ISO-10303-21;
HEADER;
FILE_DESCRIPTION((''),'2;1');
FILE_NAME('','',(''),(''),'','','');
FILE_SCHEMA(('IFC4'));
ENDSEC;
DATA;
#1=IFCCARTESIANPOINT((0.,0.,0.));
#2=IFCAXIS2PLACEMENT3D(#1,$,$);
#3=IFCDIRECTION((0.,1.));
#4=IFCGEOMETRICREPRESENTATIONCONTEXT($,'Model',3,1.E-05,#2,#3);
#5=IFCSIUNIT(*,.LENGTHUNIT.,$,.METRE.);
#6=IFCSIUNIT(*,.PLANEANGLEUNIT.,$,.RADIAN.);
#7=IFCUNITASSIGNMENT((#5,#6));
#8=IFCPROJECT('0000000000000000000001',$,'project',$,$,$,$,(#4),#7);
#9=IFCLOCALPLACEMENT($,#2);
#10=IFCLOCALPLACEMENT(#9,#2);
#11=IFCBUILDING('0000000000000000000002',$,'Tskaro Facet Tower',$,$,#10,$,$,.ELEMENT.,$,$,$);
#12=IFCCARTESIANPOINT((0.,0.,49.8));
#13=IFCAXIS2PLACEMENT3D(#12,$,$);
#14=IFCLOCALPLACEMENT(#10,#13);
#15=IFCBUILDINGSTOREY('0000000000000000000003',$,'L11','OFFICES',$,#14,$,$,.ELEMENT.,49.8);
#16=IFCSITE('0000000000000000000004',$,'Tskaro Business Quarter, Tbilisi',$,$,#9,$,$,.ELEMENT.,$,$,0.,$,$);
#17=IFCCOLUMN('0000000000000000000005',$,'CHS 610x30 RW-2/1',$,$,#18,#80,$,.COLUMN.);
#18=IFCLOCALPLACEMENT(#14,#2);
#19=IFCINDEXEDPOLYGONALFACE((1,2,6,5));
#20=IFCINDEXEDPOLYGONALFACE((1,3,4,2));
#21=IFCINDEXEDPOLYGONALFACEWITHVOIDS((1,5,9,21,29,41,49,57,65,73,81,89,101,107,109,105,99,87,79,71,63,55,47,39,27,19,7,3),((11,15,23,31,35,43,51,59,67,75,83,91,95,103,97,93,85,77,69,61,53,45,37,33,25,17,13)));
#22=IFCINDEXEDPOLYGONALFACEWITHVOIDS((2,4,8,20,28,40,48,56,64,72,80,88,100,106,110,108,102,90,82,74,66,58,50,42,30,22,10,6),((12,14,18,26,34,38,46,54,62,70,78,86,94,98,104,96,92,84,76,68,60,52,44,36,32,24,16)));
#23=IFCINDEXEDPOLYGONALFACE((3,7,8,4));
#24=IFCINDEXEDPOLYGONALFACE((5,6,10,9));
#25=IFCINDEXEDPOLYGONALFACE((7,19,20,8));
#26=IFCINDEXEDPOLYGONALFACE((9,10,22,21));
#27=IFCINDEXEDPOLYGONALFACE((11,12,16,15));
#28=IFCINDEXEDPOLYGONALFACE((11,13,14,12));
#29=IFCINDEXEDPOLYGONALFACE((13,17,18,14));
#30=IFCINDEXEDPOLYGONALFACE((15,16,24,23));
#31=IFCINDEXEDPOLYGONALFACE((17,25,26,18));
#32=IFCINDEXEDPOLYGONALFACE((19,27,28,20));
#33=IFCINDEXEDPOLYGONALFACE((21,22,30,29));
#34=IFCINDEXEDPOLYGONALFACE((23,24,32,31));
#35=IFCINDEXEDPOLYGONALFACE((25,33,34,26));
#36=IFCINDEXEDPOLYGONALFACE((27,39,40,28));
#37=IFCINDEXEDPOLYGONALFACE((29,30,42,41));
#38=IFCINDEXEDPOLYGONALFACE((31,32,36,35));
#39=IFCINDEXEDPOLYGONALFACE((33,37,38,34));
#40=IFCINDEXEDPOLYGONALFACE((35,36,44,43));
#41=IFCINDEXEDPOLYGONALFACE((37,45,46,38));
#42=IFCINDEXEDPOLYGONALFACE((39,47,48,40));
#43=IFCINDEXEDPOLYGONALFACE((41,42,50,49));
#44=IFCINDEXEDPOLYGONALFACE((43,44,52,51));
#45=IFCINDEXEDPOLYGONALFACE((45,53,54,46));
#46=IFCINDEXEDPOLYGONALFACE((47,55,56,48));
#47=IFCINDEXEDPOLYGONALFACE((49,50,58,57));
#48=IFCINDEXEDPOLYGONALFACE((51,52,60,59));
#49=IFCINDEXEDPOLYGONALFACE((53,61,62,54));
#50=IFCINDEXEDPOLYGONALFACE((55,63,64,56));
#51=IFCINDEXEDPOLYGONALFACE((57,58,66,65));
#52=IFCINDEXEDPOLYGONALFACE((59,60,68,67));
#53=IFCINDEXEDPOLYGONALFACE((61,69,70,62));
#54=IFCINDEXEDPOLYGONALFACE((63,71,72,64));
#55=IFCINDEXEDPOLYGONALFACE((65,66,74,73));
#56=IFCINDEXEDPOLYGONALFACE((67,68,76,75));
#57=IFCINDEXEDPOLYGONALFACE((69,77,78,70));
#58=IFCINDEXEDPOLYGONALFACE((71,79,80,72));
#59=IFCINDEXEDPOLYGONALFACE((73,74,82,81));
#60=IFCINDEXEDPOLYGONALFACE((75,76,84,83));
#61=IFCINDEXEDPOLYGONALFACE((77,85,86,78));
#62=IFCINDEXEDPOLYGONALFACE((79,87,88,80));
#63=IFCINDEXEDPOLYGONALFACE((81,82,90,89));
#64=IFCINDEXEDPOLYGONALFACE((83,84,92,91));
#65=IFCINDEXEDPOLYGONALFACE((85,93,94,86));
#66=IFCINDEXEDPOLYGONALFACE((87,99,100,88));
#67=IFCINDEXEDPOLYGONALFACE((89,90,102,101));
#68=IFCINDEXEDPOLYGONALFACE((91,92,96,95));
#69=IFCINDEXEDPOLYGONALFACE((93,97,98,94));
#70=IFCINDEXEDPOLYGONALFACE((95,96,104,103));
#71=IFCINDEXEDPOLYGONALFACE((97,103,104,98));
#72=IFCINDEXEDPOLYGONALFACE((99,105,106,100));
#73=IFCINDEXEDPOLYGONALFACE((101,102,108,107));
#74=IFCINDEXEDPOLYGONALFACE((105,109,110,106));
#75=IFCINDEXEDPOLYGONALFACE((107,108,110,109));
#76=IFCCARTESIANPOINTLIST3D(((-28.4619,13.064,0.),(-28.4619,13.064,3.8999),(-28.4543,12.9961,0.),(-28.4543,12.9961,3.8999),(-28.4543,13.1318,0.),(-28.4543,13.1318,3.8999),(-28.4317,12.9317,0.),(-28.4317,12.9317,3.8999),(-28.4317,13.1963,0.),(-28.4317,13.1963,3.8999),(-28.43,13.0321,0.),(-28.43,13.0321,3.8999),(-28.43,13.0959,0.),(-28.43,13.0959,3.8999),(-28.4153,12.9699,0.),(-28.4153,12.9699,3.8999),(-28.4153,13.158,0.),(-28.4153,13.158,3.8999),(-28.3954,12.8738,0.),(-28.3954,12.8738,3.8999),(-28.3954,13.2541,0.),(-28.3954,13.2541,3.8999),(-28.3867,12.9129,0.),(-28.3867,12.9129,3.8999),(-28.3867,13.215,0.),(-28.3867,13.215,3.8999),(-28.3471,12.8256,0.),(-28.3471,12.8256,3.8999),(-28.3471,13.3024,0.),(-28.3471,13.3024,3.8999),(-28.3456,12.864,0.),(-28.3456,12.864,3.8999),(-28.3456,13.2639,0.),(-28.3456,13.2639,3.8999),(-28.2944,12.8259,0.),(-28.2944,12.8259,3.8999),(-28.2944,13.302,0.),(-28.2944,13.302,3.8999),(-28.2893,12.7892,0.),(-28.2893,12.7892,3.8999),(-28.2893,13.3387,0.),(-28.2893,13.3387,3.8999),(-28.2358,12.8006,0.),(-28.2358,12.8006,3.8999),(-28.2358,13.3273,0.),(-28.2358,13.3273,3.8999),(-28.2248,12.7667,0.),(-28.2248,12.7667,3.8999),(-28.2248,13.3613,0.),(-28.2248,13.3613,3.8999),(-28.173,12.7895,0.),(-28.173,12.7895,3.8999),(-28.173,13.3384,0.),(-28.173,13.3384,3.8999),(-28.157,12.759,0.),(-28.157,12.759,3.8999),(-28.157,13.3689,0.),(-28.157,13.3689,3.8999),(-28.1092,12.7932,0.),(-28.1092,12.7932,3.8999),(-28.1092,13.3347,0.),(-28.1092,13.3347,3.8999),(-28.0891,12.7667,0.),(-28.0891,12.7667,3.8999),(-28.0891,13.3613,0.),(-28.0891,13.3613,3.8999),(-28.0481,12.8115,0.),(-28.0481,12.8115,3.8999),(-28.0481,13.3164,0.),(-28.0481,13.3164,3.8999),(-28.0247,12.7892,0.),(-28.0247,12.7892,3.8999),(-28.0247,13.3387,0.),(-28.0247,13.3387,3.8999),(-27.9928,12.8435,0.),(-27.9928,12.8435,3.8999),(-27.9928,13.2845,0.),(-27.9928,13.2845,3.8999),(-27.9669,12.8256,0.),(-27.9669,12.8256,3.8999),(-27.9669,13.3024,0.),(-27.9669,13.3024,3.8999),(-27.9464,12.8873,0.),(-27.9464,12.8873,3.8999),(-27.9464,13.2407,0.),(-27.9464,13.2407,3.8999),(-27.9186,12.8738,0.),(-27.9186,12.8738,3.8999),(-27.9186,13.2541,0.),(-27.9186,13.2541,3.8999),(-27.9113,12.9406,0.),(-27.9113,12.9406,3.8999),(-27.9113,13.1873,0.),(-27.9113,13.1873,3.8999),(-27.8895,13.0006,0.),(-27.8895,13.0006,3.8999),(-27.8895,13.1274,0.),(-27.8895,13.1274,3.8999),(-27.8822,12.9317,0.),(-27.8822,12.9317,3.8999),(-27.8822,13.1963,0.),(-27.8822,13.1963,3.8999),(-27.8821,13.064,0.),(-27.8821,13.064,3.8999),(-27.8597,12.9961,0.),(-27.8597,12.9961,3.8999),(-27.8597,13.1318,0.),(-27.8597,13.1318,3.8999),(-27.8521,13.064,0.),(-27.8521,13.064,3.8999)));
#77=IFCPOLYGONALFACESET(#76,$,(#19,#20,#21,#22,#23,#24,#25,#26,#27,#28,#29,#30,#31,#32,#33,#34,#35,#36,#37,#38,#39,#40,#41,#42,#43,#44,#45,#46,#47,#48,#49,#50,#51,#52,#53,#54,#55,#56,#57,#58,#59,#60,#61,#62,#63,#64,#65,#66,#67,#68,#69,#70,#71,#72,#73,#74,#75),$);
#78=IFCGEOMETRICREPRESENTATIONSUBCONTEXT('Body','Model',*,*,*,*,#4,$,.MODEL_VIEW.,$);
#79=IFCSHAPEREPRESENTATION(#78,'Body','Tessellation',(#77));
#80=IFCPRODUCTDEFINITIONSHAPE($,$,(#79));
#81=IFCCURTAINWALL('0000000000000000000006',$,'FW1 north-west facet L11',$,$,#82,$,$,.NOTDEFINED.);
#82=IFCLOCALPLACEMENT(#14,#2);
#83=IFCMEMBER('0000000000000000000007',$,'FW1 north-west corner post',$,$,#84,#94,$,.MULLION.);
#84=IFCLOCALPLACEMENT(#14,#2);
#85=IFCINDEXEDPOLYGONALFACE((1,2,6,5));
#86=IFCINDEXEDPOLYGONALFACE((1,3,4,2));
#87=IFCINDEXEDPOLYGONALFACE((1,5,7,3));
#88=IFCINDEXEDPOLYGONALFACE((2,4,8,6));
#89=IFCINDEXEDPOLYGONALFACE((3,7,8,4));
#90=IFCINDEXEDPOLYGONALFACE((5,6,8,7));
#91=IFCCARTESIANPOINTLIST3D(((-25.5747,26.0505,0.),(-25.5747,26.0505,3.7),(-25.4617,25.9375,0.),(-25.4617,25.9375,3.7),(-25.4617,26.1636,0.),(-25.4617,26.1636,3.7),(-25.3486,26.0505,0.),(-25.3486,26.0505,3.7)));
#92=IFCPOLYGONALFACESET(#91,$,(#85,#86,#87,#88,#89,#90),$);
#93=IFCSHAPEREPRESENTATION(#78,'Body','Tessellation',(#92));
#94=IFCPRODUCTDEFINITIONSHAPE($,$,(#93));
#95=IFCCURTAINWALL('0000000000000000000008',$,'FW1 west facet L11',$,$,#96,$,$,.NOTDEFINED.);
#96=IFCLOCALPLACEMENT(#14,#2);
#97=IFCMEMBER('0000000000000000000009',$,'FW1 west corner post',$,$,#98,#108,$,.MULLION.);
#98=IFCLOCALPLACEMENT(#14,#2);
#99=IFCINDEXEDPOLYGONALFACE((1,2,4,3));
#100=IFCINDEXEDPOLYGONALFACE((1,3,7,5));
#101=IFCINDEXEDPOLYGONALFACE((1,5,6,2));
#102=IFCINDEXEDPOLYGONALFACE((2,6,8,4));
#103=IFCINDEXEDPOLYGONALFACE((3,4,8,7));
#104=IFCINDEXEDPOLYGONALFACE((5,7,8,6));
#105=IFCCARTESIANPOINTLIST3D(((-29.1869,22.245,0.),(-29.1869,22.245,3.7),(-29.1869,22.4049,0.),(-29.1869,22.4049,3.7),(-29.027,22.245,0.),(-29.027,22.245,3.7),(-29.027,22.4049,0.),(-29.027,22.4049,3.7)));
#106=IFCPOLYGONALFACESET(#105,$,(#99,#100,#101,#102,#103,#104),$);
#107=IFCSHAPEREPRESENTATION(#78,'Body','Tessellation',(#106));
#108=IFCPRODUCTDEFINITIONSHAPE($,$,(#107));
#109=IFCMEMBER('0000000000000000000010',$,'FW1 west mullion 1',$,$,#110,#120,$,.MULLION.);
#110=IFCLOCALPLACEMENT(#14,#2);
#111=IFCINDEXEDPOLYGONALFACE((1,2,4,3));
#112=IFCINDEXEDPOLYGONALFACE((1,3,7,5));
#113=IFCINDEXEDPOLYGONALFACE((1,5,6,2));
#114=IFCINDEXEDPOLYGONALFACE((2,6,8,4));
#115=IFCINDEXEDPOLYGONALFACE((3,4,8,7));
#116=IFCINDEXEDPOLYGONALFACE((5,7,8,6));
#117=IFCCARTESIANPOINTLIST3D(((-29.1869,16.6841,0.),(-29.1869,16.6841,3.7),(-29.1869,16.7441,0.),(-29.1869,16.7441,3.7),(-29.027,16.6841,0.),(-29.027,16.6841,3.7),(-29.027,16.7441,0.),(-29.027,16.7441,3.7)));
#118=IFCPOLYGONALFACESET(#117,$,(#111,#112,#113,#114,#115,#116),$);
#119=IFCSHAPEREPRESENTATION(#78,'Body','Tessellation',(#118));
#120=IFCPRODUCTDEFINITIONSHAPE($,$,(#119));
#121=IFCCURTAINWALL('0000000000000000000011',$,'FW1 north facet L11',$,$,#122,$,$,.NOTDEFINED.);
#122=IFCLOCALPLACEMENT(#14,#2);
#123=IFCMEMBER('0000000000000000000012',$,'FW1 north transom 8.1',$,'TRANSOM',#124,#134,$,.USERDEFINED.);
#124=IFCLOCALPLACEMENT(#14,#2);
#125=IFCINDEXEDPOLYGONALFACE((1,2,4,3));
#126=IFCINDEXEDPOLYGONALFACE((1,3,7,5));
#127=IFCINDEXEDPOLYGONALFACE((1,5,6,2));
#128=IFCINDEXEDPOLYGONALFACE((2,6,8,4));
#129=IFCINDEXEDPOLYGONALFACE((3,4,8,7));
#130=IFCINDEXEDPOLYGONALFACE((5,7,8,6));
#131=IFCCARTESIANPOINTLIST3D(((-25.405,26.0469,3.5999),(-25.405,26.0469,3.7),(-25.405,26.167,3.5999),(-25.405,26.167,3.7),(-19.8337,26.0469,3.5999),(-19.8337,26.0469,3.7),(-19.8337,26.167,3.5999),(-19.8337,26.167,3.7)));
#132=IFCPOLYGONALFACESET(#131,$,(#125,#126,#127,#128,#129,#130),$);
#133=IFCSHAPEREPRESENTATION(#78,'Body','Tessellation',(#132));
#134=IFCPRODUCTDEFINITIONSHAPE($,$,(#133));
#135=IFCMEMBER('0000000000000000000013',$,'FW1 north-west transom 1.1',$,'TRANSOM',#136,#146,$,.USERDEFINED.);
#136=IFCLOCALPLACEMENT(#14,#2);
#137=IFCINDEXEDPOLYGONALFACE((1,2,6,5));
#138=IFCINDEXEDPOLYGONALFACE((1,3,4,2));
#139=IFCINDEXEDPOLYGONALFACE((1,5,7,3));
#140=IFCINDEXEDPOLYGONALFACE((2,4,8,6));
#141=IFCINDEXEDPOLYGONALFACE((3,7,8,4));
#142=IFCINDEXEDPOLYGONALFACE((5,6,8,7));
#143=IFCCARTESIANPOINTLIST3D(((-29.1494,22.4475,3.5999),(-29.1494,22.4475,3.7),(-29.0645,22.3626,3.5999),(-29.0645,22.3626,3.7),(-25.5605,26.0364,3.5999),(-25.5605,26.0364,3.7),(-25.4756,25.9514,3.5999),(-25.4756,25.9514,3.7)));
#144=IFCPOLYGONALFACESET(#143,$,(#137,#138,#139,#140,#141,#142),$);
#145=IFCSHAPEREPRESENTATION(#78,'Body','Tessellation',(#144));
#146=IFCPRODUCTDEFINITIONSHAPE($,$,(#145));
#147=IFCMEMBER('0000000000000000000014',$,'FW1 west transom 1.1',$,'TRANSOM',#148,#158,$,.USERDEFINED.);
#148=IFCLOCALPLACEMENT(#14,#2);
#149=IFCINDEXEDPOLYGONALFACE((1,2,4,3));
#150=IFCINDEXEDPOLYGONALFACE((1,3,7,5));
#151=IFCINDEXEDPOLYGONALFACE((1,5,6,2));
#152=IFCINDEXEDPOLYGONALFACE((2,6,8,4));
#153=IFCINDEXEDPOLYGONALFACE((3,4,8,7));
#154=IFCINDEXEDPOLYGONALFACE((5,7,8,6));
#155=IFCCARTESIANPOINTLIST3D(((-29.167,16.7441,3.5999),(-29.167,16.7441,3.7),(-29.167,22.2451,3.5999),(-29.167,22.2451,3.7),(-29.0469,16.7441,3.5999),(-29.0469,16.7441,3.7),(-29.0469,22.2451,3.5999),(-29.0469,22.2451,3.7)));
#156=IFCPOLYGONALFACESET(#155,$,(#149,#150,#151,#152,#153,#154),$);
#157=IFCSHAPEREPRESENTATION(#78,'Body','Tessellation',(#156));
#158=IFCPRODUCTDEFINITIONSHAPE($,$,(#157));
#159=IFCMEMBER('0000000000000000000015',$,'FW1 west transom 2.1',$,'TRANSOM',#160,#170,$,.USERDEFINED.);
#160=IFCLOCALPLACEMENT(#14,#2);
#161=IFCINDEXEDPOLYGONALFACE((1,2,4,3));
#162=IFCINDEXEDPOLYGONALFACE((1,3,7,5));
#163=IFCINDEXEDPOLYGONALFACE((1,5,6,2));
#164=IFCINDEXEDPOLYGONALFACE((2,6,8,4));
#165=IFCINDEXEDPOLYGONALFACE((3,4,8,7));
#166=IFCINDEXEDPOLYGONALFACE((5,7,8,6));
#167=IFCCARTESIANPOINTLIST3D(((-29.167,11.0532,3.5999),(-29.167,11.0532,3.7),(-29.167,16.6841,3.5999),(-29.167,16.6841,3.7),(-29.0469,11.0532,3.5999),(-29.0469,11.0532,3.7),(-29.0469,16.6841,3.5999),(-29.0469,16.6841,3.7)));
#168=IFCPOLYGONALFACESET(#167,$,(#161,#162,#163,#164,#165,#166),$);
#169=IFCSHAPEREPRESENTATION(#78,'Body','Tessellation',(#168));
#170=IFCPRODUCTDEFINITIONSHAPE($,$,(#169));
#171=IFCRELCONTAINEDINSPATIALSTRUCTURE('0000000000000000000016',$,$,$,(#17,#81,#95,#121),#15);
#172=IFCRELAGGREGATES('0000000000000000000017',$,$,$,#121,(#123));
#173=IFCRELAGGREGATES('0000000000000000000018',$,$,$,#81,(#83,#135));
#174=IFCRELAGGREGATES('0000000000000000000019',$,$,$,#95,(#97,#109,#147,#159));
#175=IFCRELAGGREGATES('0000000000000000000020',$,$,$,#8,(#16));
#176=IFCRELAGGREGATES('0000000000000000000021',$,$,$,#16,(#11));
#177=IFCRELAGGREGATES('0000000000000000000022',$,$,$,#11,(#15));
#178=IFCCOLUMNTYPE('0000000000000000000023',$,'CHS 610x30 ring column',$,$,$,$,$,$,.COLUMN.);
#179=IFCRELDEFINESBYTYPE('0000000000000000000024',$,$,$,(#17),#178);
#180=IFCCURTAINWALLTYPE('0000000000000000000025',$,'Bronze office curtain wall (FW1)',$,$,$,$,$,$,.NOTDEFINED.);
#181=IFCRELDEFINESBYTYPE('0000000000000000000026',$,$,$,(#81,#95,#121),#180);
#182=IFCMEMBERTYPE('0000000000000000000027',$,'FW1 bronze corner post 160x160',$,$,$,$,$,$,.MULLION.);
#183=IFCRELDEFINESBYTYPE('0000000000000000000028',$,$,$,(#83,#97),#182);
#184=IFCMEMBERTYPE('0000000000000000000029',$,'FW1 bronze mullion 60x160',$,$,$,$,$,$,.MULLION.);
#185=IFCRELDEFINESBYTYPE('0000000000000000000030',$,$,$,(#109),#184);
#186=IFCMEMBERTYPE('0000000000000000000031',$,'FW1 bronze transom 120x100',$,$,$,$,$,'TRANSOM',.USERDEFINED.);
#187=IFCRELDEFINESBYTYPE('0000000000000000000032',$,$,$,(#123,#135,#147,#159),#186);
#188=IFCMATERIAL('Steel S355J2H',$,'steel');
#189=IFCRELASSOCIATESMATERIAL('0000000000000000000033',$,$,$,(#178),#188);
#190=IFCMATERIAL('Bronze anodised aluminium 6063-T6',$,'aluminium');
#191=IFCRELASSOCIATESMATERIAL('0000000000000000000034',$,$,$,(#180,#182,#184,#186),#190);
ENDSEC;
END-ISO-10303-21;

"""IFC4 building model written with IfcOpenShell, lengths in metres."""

from ifc_helpers import new_model, si_unit, direction, frame, origin, origin_2d, place, context, subcontext, project, spatial, rectangle, hollow_circle, extrude, material, material_profile, profile_set, type_object, element, aggregate, save


model = new_model("IFC4")

# Units and contexts
model_context = context("Model", 3, precision=1e-05, world=origin(), true_north=direction((0.0, 1.0)))
body_context = subcontext(model_context, "Body", "Model", "MODEL_VIEW")
ifc_project = project(units=[si_unit("LENGTHUNIT", "METRE"), si_unit("PLANEANGLEUNIT", "RADIAN")], contexts=[model_context])

# Site, building, storey
site_placement = place(None, origin())
site = spatial("IfcSite", under=ifc_project, at=site_placement, Name="Tskaro Business Quarter, Tbilisi", CompositionType="ELEMENT", RefElevation=0.0)
building_placement = place(site_placement, origin())
building = spatial("IfcBuilding", under=site, at=building_placement, Name="Tskaro Facet Tower", CompositionType="ELEMENT")
storey_placement = place(building_placement, frame((0.0, 0.0, 49.8)))
storey = spatial("IfcBuildingStorey", under=building, at=storey_placement, Name="L11", Description="OFFICES", CompositionType="ELEMENT", Elevation=49.8)

# Column
ifc_material_1 = material(Name="Steel S355J2H", Category="steel")
ifc_material_profile_1 = material_profile(ifc_material_1, hollow_circle(Radius=0.3049, WallThickness=0.03, at=origin_2d()), Name="CHS 610x30")
ifc_profile_set_1 = profile_set([ifc_material_profile_1], Name="Steel S355J2H")
column_type_1 = type_object("IfcColumnType", Name="CHS 610x30 ring column", PredefinedType="COLUMN", material=ifc_profile_set_1)
for number, where, z_axis, x_axis, name in (
    (1, (-28.157, 13.064, 0.0), (0.0, 0.0, 1.0), (1.0, 0.0, 0.0), "CHS 610x30 RW-2/1"),
):
    element("IfcColumn", number, at=place(storey_placement, frame(where, z_axis=z_axis, x_axis=x_axis)), inside=storey, type_object=column_type_1, Name=name, PredefinedType="COLUMN", context=body_context, shape_type="SweptSolid", body=[
        extrude(hollow_circle(Radius=0.3049, WallThickness=0.03, at=origin_2d()), origin(), (0.0, 0.0, 1.0), 3.8999),
    ])

# Curtain wall, member
ifc_material_2 = material(Name="Bronze anodised aluminium 6063-T6", Category="aluminium")
curtain_wall_type = type_object("IfcCurtainWallType", Name="Bronze office curtain wall (FW1)", PredefinedType="NOTDEFINED", material=ifc_material_2)
curtain_wall_1_placement = place(storey_placement, origin())
curtain_wall_1 = element("IfcCurtainWall", 2, at=curtain_wall_1_placement, inside=storey, type_object=curtain_wall_type, Name="FW1 north-west facet L11", PredefinedType="NOTDEFINED")
ifc_material_profile_2 = material_profile(ifc_material_2, rectangle(XDim=0.1599, YDim=0.1599, at=origin_2d()), Name="Corner post 160x160")
ifc_profile_set_2 = profile_set([ifc_material_profile_2], Name="Bronze anodised aluminium 6063-T6")
member_type_1 = type_object("IfcMemberType", Name="FW1 bronze corner post 160x160", PredefinedType="MULLION", material=ifc_profile_set_2)
member_1_placement = place(storey_placement, frame((-25.4617, 26.0505, 0.0), z_axis=(0.0, 0.0, 1.0), x_axis=(-0.707107, -0.707107, 0.0)))
member_1 = element("IfcMember", 3, at=member_1_placement, type_object=member_type_1, Name="FW1 north-west corner post", PredefinedType="MULLION", context=body_context, shape_type="SweptSolid", body=[
    extrude(rectangle(XDim=0.1599, YDim=0.1599, at=origin_2d()), origin(), (0.0, 0.0, 1.0), 3.7),
])

# Curtain wall, members
curtain_wall_2_placement = place(storey_placement, origin())
curtain_wall_2 = element("IfcCurtainWall", 4, at=curtain_wall_2_placement, inside=storey, type_object=curtain_wall_type, Name="FW1 west facet L11", PredefinedType="NOTDEFINED")
member_2_placement = place(storey_placement, frame((-29.1069, 22.325, 0.0), z_axis=(0.0, 0.0, 1.0), x_axis=(0.0, -1.0, 0.0)))
member_2 = element("IfcMember", 5, at=member_2_placement, type_object=member_type_1, Name="FW1 west corner post", PredefinedType="MULLION", context=body_context, shape_type="SweptSolid", body=[
    extrude(rectangle(XDim=0.1599, YDim=0.1599, at=origin_2d()), origin(), (0.0, 0.0, 1.0), 3.7),
])
ifc_material_profile_3 = material_profile(ifc_material_2, rectangle(XDim=0.0601, YDim=0.1599, at=origin_2d()), Name="Mullion 60x160")
ifc_profile_set_3 = profile_set([ifc_material_profile_3], Name="Bronze anodised aluminium 6063-T6")
member_type_2 = type_object("IfcMemberType", Name="FW1 bronze mullion 60x160", PredefinedType="MULLION", material=ifc_profile_set_3)
member_3_placement = place(storey_placement, frame((-29.1069, 16.7141, 0.0), z_axis=(0.0, 0.0, 1.0), x_axis=(0.0, -1.0, 0.0)))
member_3 = element("IfcMember", 6, at=member_3_placement, type_object=member_type_2, Name="FW1 west mullion 1", PredefinedType="MULLION", context=body_context, shape_type="SweptSolid", body=[
    extrude(rectangle(XDim=0.0601, YDim=0.1599, at=origin_2d()), origin(), (0.0, 0.0, 1.0), 3.7),
])

# Curtain wall, member
curtain_wall_3_placement = place(storey_placement, origin())
curtain_wall_3 = element("IfcCurtainWall", 7, at=curtain_wall_3_placement, inside=storey, type_object=curtain_wall_type, Name="FW1 north facet L11", PredefinedType="NOTDEFINED")
ifc_material_profile_4 = material_profile(ifc_material_2, rectangle(XDim=0.1201, YDim=0.1001, at=origin_2d()), Name="Transom 120x100")
ifc_profile_set_4 = profile_set([ifc_material_profile_4], Name="Bronze anodised aluminium 6063-T6")
member_type_3 = type_object("IfcMemberType", Name="FW1 bronze transom 120x100", ElementType="TRANSOM", PredefinedType="USERDEFINED", material=ifc_profile_set_4)
member_4_placement = place(storey_placement, frame((-19.8337, 26.1069, 3.6499), z_axis=(-1.0, 0.0, 0.0), x_axis=(0.0, -1.0, 0.0)))
member_4 = element("IfcMember", 8, at=member_4_placement, type_object=member_type_3, Name="FW1 north transom 8.1", ObjectType="TRANSOM", PredefinedType="USERDEFINED", context=body_context, shape_type="SweptSolid", body=[
    extrude(rectangle(XDim=0.1201, YDim=0.1001, at=origin_2d()), origin(), (0.0, 0.0, 1.0), 5.5713),
])

# Members
member_5_placement = place(storey_placement, frame((-25.5181, 25.9939, 3.6499), z_axis=(-0.707107, -0.707107, 0.0), x_axis=(0.707107, -0.707107, 0.0)))
member_5 = element("IfcMember", 9, at=member_5_placement, type_object=member_type_3, Name="FW1 north-west transom 1.1", ObjectType="TRANSOM", PredefinedType="USERDEFINED", context=body_context, shape_type="SweptSolid", body=[
    extrude(rectangle(XDim=0.1201, YDim=0.1001, at=origin_2d()), origin(), (0.0, 0.0, 1.0), 5.0754),
])
member_6_placement = place(storey_placement, frame((-29.1069, 22.2451, 3.6499), z_axis=(0.0, -1.0, 0.0), x_axis=(1.0, 0.0, 0.0)))
member_6 = element("IfcMember", 10, at=member_6_placement, type_object=member_type_3, Name="FW1 west transom 1.1", ObjectType="TRANSOM", PredefinedType="USERDEFINED", context=body_context, shape_type="SweptSolid", body=[
    extrude(rectangle(XDim=0.1201, YDim=0.1001, at=origin_2d()), origin(), (0.0, 0.0, 1.0), 5.501),
])
member_7_placement = place(storey_placement, frame((-29.1069, 16.6841, 3.6499), z_axis=(0.0, -1.0, 0.0), x_axis=(1.0, 0.0, 0.0)))
member_7 = element("IfcMember", 11, at=member_7_placement, type_object=member_type_3, Name="FW1 west transom 2.1", ObjectType="TRANSOM", PredefinedType="USERDEFINED", context=body_context, shape_type="SweptSolid", body=[
    extrude(rectangle(XDim=0.1201, YDim=0.1001, at=origin_2d()), origin(), (0.0, 0.0, 1.0), 5.6309),
])

aggregate(curtain_wall_3, [member_4])
aggregate(curtain_wall_1, [member_1, member_5])
aggregate(curtain_wall_2, [member_2, member_3, member_6, member_7])

save(model, "model.ifc")
